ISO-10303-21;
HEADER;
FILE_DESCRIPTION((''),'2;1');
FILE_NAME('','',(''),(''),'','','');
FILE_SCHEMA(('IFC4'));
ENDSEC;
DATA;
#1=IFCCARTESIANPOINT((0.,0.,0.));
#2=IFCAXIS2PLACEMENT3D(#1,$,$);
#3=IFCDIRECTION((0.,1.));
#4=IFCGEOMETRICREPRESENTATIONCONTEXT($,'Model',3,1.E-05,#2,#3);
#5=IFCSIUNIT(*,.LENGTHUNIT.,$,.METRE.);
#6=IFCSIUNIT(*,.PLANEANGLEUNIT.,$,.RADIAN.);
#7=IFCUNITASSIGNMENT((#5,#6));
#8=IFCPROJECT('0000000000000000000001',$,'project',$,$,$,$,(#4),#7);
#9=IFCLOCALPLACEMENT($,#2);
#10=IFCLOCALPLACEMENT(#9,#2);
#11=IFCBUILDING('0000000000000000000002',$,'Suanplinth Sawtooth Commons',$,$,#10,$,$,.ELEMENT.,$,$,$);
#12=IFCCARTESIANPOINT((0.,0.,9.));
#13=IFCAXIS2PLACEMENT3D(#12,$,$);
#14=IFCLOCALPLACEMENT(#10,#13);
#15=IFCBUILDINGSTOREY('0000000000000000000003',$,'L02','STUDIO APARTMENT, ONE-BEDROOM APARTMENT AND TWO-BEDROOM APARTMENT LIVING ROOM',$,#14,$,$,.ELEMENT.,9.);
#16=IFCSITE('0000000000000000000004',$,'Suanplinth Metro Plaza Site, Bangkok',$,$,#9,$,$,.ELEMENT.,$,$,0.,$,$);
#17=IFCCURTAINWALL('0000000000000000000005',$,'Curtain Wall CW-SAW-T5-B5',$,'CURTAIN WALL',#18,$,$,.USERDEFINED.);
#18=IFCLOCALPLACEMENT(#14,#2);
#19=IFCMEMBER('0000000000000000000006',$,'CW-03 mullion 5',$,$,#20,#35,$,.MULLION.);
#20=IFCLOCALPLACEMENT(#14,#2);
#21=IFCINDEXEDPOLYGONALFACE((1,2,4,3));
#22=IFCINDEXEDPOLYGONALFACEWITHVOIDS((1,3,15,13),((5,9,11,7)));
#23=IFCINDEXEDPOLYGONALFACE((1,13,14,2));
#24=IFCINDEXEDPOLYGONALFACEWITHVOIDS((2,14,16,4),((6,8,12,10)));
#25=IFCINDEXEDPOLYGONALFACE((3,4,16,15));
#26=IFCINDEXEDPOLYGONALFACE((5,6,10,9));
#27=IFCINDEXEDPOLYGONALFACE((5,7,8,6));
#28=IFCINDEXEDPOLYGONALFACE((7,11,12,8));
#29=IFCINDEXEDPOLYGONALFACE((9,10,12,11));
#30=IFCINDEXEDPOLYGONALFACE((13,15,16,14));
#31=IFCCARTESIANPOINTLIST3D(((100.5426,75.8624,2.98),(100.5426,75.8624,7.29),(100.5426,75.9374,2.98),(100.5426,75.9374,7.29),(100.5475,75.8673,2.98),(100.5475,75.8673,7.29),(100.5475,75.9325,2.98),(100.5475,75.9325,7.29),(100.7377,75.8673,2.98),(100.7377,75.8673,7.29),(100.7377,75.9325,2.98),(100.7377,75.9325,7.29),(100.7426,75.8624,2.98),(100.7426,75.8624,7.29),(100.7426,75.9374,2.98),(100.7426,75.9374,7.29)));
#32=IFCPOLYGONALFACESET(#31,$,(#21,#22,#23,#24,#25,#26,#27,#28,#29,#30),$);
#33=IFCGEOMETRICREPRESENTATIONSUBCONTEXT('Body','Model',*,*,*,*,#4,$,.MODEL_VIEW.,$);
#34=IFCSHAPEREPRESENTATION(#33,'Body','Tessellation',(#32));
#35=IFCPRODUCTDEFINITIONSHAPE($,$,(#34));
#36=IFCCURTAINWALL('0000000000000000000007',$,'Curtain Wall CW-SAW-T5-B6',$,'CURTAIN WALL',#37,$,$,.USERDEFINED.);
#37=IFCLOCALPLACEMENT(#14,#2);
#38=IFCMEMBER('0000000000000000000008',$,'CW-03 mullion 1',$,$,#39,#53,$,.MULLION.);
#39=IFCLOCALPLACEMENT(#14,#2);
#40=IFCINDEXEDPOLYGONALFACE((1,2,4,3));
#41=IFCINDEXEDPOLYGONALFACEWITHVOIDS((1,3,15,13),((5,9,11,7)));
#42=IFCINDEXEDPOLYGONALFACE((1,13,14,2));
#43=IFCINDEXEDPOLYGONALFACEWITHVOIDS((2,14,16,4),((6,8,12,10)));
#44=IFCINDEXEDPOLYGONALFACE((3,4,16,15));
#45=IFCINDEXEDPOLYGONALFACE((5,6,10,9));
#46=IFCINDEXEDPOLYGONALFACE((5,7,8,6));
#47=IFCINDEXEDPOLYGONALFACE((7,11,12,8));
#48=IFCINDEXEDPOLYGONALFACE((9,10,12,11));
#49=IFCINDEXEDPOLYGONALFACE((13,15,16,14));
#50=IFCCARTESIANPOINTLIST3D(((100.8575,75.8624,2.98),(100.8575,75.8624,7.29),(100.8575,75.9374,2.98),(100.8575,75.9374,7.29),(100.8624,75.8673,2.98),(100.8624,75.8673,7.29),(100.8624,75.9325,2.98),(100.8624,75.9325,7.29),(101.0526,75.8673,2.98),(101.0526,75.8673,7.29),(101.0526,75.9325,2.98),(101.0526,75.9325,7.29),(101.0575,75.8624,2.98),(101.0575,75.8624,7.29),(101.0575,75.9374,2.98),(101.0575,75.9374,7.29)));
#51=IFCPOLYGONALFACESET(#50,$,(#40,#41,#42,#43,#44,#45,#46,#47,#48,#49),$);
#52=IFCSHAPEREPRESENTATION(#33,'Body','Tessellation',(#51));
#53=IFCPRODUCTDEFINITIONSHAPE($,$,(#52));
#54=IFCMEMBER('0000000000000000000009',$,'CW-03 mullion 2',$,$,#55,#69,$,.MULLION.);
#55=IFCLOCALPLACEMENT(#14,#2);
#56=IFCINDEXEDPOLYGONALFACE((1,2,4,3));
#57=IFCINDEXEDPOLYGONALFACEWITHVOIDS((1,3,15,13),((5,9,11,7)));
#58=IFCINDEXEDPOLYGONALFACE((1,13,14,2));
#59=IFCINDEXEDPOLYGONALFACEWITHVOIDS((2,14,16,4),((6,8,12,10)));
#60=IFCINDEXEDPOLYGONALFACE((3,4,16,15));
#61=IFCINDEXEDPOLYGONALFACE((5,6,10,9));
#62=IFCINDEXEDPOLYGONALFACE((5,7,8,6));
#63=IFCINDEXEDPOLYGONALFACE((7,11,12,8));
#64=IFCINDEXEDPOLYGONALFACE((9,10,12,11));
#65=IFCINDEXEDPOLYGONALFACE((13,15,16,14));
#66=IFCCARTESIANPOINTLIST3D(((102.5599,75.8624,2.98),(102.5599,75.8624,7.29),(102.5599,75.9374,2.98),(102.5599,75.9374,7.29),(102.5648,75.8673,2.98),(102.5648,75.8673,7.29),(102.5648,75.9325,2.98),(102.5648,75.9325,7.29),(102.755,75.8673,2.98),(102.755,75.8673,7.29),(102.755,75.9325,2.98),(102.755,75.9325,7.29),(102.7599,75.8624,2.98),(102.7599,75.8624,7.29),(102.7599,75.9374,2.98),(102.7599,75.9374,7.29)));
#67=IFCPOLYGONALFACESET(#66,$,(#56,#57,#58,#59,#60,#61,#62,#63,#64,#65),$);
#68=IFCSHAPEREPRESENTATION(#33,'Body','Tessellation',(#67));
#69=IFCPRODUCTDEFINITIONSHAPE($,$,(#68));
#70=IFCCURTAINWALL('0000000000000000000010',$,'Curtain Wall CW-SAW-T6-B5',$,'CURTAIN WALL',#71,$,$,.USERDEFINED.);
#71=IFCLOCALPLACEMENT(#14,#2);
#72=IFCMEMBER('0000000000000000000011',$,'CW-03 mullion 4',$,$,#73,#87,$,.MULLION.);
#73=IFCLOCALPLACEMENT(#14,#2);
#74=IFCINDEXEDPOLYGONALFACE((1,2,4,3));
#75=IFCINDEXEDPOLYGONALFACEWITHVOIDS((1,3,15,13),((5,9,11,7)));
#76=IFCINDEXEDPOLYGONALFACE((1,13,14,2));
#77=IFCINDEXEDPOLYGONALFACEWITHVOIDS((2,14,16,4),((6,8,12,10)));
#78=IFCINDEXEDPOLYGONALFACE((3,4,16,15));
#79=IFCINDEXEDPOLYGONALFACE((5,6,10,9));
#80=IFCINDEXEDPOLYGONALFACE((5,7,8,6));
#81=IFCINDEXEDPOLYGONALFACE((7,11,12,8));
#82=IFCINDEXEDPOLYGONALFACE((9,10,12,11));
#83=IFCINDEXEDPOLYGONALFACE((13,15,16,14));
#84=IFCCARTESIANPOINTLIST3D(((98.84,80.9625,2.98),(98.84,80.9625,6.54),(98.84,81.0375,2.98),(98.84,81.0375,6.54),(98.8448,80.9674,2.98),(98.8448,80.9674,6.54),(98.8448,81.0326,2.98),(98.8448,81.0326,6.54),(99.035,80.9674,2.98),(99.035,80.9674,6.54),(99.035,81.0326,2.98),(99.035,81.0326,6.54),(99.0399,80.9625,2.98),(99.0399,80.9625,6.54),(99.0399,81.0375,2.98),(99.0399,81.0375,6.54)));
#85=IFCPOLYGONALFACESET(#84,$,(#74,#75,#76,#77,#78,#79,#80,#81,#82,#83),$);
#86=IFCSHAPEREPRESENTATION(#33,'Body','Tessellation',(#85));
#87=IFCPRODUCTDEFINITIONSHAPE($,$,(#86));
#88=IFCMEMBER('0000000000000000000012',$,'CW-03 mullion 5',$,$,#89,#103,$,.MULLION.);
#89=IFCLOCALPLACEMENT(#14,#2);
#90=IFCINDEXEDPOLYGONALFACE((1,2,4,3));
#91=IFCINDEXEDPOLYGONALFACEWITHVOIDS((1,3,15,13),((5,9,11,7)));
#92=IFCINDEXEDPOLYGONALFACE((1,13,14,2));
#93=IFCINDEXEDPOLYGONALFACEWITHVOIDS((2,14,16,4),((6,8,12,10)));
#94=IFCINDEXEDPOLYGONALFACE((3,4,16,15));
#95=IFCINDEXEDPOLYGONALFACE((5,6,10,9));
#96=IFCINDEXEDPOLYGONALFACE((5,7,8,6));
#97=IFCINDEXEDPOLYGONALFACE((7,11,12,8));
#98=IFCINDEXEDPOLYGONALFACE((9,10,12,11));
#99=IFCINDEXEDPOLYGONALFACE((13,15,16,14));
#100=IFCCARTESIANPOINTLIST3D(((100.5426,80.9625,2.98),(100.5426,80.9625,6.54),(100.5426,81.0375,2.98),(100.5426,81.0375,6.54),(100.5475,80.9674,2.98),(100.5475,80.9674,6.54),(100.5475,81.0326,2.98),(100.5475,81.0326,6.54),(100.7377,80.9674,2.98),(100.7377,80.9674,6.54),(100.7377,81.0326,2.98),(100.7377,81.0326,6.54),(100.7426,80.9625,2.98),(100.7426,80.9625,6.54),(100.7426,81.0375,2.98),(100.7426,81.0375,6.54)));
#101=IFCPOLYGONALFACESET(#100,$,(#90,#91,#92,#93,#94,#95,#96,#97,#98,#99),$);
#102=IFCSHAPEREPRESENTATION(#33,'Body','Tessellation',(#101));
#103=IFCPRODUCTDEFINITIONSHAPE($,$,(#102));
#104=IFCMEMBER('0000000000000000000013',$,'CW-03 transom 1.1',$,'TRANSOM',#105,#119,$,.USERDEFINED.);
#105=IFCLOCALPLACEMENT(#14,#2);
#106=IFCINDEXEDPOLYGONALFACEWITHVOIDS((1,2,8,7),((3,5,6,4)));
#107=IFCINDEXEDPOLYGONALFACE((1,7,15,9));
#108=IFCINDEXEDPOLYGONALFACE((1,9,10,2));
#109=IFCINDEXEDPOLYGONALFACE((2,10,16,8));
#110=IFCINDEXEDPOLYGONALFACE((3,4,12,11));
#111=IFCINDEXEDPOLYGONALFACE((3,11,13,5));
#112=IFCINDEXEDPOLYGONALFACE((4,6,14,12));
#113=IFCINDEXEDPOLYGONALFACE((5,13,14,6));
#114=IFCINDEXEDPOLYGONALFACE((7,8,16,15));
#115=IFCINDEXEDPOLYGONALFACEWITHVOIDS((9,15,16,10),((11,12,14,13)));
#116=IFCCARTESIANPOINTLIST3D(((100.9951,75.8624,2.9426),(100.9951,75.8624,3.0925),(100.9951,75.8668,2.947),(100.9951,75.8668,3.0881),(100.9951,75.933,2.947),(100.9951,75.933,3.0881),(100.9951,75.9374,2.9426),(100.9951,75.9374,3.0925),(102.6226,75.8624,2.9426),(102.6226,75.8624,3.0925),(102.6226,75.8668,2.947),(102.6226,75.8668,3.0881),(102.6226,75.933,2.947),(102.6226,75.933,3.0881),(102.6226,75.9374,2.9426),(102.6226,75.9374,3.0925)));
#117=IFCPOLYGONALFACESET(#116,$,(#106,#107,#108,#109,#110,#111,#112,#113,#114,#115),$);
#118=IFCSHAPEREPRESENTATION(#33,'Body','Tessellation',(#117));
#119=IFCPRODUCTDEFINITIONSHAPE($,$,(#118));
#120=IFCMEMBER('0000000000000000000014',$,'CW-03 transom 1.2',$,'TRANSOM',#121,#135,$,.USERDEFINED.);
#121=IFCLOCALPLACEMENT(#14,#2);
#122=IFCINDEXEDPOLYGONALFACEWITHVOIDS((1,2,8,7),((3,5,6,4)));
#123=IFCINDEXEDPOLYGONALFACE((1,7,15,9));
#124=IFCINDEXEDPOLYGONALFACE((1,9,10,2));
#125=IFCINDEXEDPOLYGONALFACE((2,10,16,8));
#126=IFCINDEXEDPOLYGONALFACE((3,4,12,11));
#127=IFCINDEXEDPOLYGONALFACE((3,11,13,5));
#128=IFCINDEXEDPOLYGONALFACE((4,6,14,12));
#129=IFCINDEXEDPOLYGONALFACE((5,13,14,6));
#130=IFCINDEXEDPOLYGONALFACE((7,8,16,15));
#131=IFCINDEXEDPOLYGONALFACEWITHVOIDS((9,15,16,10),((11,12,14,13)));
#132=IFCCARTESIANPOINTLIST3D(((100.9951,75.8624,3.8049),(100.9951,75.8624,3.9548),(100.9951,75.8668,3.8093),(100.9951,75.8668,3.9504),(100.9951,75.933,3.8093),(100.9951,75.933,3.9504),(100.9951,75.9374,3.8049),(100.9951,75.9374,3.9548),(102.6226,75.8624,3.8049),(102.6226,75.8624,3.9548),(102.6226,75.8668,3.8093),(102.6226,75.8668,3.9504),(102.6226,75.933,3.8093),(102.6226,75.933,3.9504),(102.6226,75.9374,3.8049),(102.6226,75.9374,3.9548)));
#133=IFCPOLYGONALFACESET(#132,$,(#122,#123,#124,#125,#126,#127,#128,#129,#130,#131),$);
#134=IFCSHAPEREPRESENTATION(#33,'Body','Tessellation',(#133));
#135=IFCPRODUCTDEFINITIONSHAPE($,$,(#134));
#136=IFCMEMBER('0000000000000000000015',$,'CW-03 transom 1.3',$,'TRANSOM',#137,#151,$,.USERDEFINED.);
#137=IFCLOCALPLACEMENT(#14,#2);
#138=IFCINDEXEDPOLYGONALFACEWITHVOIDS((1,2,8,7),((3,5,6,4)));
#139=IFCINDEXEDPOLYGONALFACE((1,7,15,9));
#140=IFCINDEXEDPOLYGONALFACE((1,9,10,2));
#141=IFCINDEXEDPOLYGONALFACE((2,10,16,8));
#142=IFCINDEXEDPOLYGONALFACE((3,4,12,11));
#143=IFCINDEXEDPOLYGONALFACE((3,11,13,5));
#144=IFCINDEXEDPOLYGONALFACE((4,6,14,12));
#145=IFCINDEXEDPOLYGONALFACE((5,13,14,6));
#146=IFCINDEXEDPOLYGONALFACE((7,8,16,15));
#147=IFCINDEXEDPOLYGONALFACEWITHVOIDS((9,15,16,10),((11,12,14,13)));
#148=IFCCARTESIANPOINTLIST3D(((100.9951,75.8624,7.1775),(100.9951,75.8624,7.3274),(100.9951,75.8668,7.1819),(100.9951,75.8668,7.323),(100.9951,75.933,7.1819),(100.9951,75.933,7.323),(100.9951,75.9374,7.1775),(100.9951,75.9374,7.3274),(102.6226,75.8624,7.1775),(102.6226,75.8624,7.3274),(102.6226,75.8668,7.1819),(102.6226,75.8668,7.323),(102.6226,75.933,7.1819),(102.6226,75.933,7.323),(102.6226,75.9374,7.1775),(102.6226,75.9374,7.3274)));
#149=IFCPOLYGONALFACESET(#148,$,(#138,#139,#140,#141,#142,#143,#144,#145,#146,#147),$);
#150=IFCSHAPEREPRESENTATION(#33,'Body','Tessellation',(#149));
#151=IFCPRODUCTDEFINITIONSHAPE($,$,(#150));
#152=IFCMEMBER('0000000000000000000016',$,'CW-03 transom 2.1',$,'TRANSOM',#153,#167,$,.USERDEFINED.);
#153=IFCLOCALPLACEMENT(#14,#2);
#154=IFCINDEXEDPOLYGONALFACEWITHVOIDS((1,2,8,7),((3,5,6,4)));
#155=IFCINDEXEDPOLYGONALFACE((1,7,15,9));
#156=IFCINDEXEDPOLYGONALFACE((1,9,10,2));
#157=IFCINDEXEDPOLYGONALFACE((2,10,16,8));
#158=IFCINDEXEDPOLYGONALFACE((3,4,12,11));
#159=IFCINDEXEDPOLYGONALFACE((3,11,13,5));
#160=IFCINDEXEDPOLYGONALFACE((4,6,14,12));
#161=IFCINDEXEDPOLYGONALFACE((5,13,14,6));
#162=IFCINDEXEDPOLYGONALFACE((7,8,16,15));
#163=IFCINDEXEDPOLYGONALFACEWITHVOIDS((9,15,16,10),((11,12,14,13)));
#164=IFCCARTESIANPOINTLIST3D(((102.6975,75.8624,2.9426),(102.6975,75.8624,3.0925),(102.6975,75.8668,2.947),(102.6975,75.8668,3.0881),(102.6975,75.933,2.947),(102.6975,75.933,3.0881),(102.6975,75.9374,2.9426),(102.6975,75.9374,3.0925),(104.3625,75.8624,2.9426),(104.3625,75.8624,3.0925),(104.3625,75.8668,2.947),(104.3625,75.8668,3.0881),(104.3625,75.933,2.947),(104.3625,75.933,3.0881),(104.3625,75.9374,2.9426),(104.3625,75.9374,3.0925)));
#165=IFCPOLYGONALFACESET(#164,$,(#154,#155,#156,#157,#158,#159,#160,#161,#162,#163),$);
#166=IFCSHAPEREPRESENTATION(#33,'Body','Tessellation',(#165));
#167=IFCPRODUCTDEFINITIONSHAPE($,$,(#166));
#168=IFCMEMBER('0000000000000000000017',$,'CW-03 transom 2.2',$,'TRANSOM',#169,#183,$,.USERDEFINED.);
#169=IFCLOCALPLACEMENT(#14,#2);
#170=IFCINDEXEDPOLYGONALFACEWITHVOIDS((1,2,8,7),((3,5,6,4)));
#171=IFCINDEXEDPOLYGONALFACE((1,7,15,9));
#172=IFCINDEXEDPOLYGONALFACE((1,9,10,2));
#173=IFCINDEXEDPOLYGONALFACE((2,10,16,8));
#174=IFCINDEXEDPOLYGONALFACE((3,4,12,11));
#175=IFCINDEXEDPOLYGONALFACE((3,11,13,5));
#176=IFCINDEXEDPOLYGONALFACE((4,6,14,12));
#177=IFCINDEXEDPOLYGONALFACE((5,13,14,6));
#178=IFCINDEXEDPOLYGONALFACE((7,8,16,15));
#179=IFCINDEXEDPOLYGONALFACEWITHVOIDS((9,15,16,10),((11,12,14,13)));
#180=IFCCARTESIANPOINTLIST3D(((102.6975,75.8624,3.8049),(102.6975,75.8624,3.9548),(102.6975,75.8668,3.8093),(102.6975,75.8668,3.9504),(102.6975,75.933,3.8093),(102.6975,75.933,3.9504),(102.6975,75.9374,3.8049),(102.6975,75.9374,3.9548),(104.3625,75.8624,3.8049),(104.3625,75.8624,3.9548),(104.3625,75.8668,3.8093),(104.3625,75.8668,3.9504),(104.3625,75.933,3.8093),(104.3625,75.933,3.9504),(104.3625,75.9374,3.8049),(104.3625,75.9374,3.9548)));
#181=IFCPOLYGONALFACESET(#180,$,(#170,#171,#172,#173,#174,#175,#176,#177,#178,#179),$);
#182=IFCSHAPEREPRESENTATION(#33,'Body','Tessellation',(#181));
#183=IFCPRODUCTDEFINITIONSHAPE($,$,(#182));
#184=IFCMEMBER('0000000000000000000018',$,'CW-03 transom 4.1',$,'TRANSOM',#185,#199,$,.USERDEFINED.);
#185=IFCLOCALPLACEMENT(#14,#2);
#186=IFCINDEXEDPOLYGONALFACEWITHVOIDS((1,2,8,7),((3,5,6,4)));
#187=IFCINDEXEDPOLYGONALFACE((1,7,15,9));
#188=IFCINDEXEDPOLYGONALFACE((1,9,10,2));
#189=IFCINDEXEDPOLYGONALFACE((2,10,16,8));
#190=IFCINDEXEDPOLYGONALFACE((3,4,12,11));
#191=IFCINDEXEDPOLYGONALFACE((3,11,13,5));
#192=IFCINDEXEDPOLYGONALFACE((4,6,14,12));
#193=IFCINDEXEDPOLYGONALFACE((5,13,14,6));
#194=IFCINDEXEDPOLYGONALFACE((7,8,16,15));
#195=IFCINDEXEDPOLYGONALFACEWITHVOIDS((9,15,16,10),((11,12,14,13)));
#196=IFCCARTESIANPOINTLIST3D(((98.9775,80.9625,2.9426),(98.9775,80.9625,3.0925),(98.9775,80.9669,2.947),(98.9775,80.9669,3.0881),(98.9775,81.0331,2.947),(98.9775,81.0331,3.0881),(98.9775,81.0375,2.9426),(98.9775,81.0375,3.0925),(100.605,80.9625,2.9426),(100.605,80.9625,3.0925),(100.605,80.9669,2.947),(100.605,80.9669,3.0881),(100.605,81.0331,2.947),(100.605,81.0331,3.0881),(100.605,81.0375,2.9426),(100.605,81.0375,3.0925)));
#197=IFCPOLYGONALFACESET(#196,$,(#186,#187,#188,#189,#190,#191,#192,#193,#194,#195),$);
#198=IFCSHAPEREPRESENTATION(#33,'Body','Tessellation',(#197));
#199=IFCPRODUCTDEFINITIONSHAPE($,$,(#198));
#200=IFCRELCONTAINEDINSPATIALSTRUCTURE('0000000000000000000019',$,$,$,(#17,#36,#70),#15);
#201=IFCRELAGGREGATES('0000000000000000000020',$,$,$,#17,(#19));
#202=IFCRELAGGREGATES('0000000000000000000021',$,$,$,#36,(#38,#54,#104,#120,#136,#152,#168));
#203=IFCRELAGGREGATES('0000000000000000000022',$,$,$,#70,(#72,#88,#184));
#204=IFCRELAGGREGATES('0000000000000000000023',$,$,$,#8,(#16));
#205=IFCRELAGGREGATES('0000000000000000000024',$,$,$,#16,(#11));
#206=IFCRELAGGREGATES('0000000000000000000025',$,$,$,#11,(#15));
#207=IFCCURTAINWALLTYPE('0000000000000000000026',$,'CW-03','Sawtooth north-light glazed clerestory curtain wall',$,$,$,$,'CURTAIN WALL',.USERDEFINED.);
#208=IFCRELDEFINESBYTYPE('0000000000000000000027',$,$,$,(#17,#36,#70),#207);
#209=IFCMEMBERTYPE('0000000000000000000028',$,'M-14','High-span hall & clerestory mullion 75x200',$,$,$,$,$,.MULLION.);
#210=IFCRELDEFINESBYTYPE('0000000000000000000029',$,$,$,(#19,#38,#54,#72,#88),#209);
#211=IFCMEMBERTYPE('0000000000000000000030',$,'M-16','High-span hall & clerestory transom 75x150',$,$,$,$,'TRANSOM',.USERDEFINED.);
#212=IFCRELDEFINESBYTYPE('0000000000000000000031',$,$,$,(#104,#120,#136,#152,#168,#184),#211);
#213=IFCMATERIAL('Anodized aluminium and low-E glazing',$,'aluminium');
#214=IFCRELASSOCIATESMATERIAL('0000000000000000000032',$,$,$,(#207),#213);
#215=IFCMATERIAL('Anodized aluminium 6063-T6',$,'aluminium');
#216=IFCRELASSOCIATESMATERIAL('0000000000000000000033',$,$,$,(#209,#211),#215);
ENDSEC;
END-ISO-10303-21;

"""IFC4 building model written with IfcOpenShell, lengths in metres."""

from ifc_helpers import new_model, si_unit, direction, frame, origin, origin_2d, place, context, subcontext, project, spatial, hollow_rectangle, extrude, material, material_profile, profile_set, type_object, element, aggregate, save


model = new_model("IFC4")

# Units and contexts
model_context = context("Model", 3, precision=1e-05, world=origin(), true_north=direction((0.0, 1.0)))
body_context = subcontext(model_context, "Body", "Model", "MODEL_VIEW")
ifc_project = project(units=[si_unit("LENGTHUNIT", "METRE"), si_unit("PLANEANGLEUNIT", "RADIAN")], contexts=[model_context])

# Site, building, storey
site_placement = place(None, origin())
site = spatial("IfcSite", under=ifc_project, at=site_placement, Name="Suanplinth Metro Plaza Site, Bangkok", CompositionType="ELEMENT", RefElevation=0.0)
building_placement = place(site_placement, origin())
building = spatial("IfcBuilding", under=site, at=building_placement, Name="Suanplinth Sawtooth Commons", CompositionType="ELEMENT")
storey_placement = place(building_placement, frame((0.0, 0.0, 9.0)))
storey = spatial("IfcBuildingStorey", under=building, at=storey_placement, Name="L02", Description="STUDIO APARTMENT, ONE-BEDROOM APARTMENT AND TWO-BEDROOM APARTMENT LIVING ROOM", CompositionType="ELEMENT", Elevation=9.0)

# Curtain wall, member
ifc_material_1 = material(Name="Anodized aluminium and low-E glazing", Category="aluminium")
curtain_wall_type = type_object("IfcCurtainWallType", Name="CW-03", Description="Sawtooth north-light glazed clerestory curtain wall", ElementType="CURTAIN WALL", PredefinedType="USERDEFINED", material=ifc_material_1)
curtain_wall_1_placement = place(storey_placement, origin())
curtain_wall_1 = element("IfcCurtainWall", 1, at=curtain_wall_1_placement, inside=storey, type_object=curtain_wall_type, Name="Curtain Wall CW-SAW-T5-B5", ObjectType="CURTAIN WALL", PredefinedType="USERDEFINED")
ifc_material_2 = material(Name="Anodized aluminium 6063-T6", Category="aluminium")
ifc_material_profile_1 = material_profile(ifc_material_2, hollow_rectangle(XDim=0.075, YDim=0.2, WallThickness=0.0049, at=origin_2d()), Name="ALU-MUL 75x200")
ifc_profile_set_1 = profile_set([ifc_material_profile_1], Name="Anodized aluminium 6063-T6")
member_type_1 = type_object("IfcMemberType", Name="M-14", Description="High-span hall & clerestory mullion 75x200", PredefinedType="MULLION", material=ifc_profile_set_1)
member_1_placement = place(storey_placement, frame((100.6426, 75.8999, 2.98), z_axis=(0.0, 0.0, 1.0), x_axis=(0.0, 1.0, 0.0)))
member_1 = element("IfcMember", 2, at=member_1_placement, type_object=member_type_1, Name="CW-03 mullion 5", PredefinedType="MULLION", context=body_context, shape_type="SweptSolid", body=[
    extrude(hollow_rectangle(XDim=0.075, YDim=0.2, WallThickness=0.0049, at=origin_2d()), origin(), (0.0, 0.0, 1.0), 4.3101),
])
aggregate(curtain_wall_1, [member_1])

# Curtain walls, members
curtain_wall_2_placement = place(storey_placement, origin())
curtain_wall_2 = element("IfcCurtainWall", 3, at=curtain_wall_2_placement, inside=storey, type_object=curtain_wall_type, Name="Curtain Wall CW-SAW-T5-B6", ObjectType="CURTAIN WALL", PredefinedType="USERDEFINED")
member_2_placement = place(storey_placement, frame((100.9575, 75.8999, 2.98), z_axis=(0.0, 0.0, 1.0), x_axis=(0.0, 1.0, 0.0)))
member_2 = element("IfcMember", 4, at=member_2_placement, type_object=member_type_1, Name="CW-03 mullion 1", PredefinedType="MULLION", context=body_context, shape_type="SweptSolid", body=[
    extrude(hollow_rectangle(XDim=0.075, YDim=0.2, WallThickness=0.0049, at=origin_2d()), origin(), (0.0, 0.0, 1.0), 4.3101),
])
member_3_placement = place(storey_placement, frame((102.6599, 75.8999, 2.98), z_axis=(0.0, 0.0, 1.0), x_axis=(0.0, 1.0, 0.0)))
member_3 = element("IfcMember", 5, at=member_3_placement, type_object=member_type_1, Name="CW-03 mullion 2", PredefinedType="MULLION", context=body_context, shape_type="SweptSolid", body=[
    extrude(hollow_rectangle(XDim=0.075, YDim=0.2, WallThickness=0.0049, at=origin_2d()), origin(), (0.0, 0.0, 1.0), 4.3101),
])
curtain_wall_3_placement = place(storey_placement, origin())
curtain_wall_3 = element("IfcCurtainWall", 6, at=curtain_wall_3_placement, inside=storey, type_object=curtain_wall_type, Name="Curtain Wall CW-SAW-T6-B5", ObjectType="CURTAIN WALL", PredefinedType="USERDEFINED")
member_4_placement = place(storey_placement, frame((98.9399, 81.0, 2.98), z_axis=(0.0, 0.0, 1.0), x_axis=(0.0, 1.0, 0.0)))
member_4 = element("IfcMember", 7, at=member_4_placement, type_object=member_type_1, Name="CW-03 mullion 4", PredefinedType="MULLION", context=body_context, shape_type="SweptSolid", body=[
    extrude(hollow_rectangle(XDim=0.075, YDim=0.2, WallThickness=0.0049, at=origin_2d()), origin(), (0.0, 0.0, 1.0), 3.5601),
])
member_5_placement = place(storey_placement, frame((100.6426, 81.0, 2.98), z_axis=(0.0, 0.0, 1.0), x_axis=(0.0, 1.0, 0.0)))
member_5 = element("IfcMember", 8, at=member_5_placement, type_object=member_type_1, Name="CW-03 mullion 5", PredefinedType="MULLION", context=body_context, shape_type="SweptSolid", body=[
    extrude(hollow_rectangle(XDim=0.075, YDim=0.2, WallThickness=0.0049, at=origin_2d()), origin(), (0.0, 0.0, 1.0), 3.5601),
])

# Members
ifc_material_profile_2 = material_profile(ifc_material_2, hollow_rectangle(XDim=0.075, YDim=0.1499, WallThickness=0.0044, at=origin_2d()), Name="ALU-TRN 75x150")
ifc_profile_set_2 = profile_set([ifc_material_profile_2], Name="Anodized aluminium 6063-T6")
member_type_2 = type_object("IfcMemberType", Name="M-16", Description="High-span hall & clerestory transom 75x150", ElementType="TRANSOM", PredefinedType="USERDEFINED", material=ifc_profile_set_2)
member_6_placement = place(storey_placement, frame((100.9951, 75.8999, 3.0176), z_axis=(1.0, 0.0, 0.0), x_axis=(0.0, 1.0, 0.0)))
member_6 = element("IfcMember", 9, at=member_6_placement, type_object=member_type_2, Name="CW-03 transom 1.1", ObjectType="TRANSOM", PredefinedType="USERDEFINED", context=body_context, shape_type="SweptSolid", body=[
    extrude(hollow_rectangle(XDim=0.075, YDim=0.1499, WallThickness=0.0044, at=origin_2d()), origin(), (0.0, 0.0, 1.0), 1.6274),
])
member_7_placement = place(storey_placement, frame((100.9951, 75.8999, 3.8799), z_axis=(1.0, 0.0, 0.0), x_axis=(0.0, 1.0, 0.0)))
member_7 = element("IfcMember", 10, at=member_7_placement, type_object=member_type_2, Name="CW-03 transom 1.2", ObjectType="TRANSOM", PredefinedType="USERDEFINED", context=body_context, shape_type="SweptSolid", body=[
    extrude(hollow_rectangle(XDim=0.075, YDim=0.1499, WallThickness=0.0044, at=origin_2d()), origin(), (0.0, 0.0, 1.0), 1.6274),
])
member_8_placement = place(storey_placement, frame((100.9951, 75.8999, 7.2524), z_axis=(1.0, 0.0, 0.0), x_axis=(0.0, 1.0, 0.0)))
member_8 = element("IfcMember", 11, at=member_8_placement, type_object=member_type_2, Name="CW-03 transom 1.3", ObjectType="TRANSOM", PredefinedType="USERDEFINED", context=body_context, shape_type="SweptSolid", body=[
    extrude(hollow_rectangle(XDim=0.075, YDim=0.1499, WallThickness=0.0044, at=origin_2d()), origin(), (0.0, 0.0, 1.0), 1.6274),
])
member_9_placement = place(storey_placement, frame((102.6975, 75.8999, 3.0176), z_axis=(1.0, 0.0, 0.0), x_axis=(0.0, 1.0, 0.0)))
member_9 = element("IfcMember", 12, at=member_9_placement, type_object=member_type_2, Name="CW-03 transom 2.1", ObjectType="TRANSOM", PredefinedType="USERDEFINED", context=body_context, shape_type="SweptSolid", body=[
    extrude(hollow_rectangle(XDim=0.075, YDim=0.1499, WallThickness=0.0044, at=origin_2d()), origin(), (0.0, 0.0, 1.0), 1.665),
])
member_10_placement = place(storey_placement, frame((102.6975, 75.8999, 3.8799), z_axis=(1.0, 0.0, 0.0), x_axis=(0.0, 1.0, 0.0)))
member_10 = element("IfcMember", 13, at=member_10_placement, type_object=member_type_2, Name="CW-03 transom 2.2", ObjectType="TRANSOM", PredefinedType="USERDEFINED", context=body_context, shape_type="SweptSolid", body=[
    extrude(hollow_rectangle(XDim=0.075, YDim=0.1499, WallThickness=0.0044, at=origin_2d()), origin(), (0.0, 0.0, 1.0), 1.665),
])
member_11_placement = place(storey_placement, frame((98.9775, 81.0, 3.0176), z_axis=(1.0, 0.0, 0.0), x_axis=(0.0, 1.0, 0.0)))
member_11 = element("IfcMember", 14, at=member_11_placement, type_object=member_type_2, Name="CW-03 transom 4.1", ObjectType="TRANSOM", PredefinedType="USERDEFINED", context=body_context, shape_type="SweptSolid", body=[
    extrude(hollow_rectangle(XDim=0.075, YDim=0.1499, WallThickness=0.0044, at=origin_2d()), origin(), (0.0, 0.0, 1.0), 1.6274),
])

aggregate(curtain_wall_2, [member_2, member_3, member_6, member_7, member_8, member_9, member_10])
aggregate(curtain_wall_3, [member_4, member_5, member_11])

save(model, "model.ifc")
